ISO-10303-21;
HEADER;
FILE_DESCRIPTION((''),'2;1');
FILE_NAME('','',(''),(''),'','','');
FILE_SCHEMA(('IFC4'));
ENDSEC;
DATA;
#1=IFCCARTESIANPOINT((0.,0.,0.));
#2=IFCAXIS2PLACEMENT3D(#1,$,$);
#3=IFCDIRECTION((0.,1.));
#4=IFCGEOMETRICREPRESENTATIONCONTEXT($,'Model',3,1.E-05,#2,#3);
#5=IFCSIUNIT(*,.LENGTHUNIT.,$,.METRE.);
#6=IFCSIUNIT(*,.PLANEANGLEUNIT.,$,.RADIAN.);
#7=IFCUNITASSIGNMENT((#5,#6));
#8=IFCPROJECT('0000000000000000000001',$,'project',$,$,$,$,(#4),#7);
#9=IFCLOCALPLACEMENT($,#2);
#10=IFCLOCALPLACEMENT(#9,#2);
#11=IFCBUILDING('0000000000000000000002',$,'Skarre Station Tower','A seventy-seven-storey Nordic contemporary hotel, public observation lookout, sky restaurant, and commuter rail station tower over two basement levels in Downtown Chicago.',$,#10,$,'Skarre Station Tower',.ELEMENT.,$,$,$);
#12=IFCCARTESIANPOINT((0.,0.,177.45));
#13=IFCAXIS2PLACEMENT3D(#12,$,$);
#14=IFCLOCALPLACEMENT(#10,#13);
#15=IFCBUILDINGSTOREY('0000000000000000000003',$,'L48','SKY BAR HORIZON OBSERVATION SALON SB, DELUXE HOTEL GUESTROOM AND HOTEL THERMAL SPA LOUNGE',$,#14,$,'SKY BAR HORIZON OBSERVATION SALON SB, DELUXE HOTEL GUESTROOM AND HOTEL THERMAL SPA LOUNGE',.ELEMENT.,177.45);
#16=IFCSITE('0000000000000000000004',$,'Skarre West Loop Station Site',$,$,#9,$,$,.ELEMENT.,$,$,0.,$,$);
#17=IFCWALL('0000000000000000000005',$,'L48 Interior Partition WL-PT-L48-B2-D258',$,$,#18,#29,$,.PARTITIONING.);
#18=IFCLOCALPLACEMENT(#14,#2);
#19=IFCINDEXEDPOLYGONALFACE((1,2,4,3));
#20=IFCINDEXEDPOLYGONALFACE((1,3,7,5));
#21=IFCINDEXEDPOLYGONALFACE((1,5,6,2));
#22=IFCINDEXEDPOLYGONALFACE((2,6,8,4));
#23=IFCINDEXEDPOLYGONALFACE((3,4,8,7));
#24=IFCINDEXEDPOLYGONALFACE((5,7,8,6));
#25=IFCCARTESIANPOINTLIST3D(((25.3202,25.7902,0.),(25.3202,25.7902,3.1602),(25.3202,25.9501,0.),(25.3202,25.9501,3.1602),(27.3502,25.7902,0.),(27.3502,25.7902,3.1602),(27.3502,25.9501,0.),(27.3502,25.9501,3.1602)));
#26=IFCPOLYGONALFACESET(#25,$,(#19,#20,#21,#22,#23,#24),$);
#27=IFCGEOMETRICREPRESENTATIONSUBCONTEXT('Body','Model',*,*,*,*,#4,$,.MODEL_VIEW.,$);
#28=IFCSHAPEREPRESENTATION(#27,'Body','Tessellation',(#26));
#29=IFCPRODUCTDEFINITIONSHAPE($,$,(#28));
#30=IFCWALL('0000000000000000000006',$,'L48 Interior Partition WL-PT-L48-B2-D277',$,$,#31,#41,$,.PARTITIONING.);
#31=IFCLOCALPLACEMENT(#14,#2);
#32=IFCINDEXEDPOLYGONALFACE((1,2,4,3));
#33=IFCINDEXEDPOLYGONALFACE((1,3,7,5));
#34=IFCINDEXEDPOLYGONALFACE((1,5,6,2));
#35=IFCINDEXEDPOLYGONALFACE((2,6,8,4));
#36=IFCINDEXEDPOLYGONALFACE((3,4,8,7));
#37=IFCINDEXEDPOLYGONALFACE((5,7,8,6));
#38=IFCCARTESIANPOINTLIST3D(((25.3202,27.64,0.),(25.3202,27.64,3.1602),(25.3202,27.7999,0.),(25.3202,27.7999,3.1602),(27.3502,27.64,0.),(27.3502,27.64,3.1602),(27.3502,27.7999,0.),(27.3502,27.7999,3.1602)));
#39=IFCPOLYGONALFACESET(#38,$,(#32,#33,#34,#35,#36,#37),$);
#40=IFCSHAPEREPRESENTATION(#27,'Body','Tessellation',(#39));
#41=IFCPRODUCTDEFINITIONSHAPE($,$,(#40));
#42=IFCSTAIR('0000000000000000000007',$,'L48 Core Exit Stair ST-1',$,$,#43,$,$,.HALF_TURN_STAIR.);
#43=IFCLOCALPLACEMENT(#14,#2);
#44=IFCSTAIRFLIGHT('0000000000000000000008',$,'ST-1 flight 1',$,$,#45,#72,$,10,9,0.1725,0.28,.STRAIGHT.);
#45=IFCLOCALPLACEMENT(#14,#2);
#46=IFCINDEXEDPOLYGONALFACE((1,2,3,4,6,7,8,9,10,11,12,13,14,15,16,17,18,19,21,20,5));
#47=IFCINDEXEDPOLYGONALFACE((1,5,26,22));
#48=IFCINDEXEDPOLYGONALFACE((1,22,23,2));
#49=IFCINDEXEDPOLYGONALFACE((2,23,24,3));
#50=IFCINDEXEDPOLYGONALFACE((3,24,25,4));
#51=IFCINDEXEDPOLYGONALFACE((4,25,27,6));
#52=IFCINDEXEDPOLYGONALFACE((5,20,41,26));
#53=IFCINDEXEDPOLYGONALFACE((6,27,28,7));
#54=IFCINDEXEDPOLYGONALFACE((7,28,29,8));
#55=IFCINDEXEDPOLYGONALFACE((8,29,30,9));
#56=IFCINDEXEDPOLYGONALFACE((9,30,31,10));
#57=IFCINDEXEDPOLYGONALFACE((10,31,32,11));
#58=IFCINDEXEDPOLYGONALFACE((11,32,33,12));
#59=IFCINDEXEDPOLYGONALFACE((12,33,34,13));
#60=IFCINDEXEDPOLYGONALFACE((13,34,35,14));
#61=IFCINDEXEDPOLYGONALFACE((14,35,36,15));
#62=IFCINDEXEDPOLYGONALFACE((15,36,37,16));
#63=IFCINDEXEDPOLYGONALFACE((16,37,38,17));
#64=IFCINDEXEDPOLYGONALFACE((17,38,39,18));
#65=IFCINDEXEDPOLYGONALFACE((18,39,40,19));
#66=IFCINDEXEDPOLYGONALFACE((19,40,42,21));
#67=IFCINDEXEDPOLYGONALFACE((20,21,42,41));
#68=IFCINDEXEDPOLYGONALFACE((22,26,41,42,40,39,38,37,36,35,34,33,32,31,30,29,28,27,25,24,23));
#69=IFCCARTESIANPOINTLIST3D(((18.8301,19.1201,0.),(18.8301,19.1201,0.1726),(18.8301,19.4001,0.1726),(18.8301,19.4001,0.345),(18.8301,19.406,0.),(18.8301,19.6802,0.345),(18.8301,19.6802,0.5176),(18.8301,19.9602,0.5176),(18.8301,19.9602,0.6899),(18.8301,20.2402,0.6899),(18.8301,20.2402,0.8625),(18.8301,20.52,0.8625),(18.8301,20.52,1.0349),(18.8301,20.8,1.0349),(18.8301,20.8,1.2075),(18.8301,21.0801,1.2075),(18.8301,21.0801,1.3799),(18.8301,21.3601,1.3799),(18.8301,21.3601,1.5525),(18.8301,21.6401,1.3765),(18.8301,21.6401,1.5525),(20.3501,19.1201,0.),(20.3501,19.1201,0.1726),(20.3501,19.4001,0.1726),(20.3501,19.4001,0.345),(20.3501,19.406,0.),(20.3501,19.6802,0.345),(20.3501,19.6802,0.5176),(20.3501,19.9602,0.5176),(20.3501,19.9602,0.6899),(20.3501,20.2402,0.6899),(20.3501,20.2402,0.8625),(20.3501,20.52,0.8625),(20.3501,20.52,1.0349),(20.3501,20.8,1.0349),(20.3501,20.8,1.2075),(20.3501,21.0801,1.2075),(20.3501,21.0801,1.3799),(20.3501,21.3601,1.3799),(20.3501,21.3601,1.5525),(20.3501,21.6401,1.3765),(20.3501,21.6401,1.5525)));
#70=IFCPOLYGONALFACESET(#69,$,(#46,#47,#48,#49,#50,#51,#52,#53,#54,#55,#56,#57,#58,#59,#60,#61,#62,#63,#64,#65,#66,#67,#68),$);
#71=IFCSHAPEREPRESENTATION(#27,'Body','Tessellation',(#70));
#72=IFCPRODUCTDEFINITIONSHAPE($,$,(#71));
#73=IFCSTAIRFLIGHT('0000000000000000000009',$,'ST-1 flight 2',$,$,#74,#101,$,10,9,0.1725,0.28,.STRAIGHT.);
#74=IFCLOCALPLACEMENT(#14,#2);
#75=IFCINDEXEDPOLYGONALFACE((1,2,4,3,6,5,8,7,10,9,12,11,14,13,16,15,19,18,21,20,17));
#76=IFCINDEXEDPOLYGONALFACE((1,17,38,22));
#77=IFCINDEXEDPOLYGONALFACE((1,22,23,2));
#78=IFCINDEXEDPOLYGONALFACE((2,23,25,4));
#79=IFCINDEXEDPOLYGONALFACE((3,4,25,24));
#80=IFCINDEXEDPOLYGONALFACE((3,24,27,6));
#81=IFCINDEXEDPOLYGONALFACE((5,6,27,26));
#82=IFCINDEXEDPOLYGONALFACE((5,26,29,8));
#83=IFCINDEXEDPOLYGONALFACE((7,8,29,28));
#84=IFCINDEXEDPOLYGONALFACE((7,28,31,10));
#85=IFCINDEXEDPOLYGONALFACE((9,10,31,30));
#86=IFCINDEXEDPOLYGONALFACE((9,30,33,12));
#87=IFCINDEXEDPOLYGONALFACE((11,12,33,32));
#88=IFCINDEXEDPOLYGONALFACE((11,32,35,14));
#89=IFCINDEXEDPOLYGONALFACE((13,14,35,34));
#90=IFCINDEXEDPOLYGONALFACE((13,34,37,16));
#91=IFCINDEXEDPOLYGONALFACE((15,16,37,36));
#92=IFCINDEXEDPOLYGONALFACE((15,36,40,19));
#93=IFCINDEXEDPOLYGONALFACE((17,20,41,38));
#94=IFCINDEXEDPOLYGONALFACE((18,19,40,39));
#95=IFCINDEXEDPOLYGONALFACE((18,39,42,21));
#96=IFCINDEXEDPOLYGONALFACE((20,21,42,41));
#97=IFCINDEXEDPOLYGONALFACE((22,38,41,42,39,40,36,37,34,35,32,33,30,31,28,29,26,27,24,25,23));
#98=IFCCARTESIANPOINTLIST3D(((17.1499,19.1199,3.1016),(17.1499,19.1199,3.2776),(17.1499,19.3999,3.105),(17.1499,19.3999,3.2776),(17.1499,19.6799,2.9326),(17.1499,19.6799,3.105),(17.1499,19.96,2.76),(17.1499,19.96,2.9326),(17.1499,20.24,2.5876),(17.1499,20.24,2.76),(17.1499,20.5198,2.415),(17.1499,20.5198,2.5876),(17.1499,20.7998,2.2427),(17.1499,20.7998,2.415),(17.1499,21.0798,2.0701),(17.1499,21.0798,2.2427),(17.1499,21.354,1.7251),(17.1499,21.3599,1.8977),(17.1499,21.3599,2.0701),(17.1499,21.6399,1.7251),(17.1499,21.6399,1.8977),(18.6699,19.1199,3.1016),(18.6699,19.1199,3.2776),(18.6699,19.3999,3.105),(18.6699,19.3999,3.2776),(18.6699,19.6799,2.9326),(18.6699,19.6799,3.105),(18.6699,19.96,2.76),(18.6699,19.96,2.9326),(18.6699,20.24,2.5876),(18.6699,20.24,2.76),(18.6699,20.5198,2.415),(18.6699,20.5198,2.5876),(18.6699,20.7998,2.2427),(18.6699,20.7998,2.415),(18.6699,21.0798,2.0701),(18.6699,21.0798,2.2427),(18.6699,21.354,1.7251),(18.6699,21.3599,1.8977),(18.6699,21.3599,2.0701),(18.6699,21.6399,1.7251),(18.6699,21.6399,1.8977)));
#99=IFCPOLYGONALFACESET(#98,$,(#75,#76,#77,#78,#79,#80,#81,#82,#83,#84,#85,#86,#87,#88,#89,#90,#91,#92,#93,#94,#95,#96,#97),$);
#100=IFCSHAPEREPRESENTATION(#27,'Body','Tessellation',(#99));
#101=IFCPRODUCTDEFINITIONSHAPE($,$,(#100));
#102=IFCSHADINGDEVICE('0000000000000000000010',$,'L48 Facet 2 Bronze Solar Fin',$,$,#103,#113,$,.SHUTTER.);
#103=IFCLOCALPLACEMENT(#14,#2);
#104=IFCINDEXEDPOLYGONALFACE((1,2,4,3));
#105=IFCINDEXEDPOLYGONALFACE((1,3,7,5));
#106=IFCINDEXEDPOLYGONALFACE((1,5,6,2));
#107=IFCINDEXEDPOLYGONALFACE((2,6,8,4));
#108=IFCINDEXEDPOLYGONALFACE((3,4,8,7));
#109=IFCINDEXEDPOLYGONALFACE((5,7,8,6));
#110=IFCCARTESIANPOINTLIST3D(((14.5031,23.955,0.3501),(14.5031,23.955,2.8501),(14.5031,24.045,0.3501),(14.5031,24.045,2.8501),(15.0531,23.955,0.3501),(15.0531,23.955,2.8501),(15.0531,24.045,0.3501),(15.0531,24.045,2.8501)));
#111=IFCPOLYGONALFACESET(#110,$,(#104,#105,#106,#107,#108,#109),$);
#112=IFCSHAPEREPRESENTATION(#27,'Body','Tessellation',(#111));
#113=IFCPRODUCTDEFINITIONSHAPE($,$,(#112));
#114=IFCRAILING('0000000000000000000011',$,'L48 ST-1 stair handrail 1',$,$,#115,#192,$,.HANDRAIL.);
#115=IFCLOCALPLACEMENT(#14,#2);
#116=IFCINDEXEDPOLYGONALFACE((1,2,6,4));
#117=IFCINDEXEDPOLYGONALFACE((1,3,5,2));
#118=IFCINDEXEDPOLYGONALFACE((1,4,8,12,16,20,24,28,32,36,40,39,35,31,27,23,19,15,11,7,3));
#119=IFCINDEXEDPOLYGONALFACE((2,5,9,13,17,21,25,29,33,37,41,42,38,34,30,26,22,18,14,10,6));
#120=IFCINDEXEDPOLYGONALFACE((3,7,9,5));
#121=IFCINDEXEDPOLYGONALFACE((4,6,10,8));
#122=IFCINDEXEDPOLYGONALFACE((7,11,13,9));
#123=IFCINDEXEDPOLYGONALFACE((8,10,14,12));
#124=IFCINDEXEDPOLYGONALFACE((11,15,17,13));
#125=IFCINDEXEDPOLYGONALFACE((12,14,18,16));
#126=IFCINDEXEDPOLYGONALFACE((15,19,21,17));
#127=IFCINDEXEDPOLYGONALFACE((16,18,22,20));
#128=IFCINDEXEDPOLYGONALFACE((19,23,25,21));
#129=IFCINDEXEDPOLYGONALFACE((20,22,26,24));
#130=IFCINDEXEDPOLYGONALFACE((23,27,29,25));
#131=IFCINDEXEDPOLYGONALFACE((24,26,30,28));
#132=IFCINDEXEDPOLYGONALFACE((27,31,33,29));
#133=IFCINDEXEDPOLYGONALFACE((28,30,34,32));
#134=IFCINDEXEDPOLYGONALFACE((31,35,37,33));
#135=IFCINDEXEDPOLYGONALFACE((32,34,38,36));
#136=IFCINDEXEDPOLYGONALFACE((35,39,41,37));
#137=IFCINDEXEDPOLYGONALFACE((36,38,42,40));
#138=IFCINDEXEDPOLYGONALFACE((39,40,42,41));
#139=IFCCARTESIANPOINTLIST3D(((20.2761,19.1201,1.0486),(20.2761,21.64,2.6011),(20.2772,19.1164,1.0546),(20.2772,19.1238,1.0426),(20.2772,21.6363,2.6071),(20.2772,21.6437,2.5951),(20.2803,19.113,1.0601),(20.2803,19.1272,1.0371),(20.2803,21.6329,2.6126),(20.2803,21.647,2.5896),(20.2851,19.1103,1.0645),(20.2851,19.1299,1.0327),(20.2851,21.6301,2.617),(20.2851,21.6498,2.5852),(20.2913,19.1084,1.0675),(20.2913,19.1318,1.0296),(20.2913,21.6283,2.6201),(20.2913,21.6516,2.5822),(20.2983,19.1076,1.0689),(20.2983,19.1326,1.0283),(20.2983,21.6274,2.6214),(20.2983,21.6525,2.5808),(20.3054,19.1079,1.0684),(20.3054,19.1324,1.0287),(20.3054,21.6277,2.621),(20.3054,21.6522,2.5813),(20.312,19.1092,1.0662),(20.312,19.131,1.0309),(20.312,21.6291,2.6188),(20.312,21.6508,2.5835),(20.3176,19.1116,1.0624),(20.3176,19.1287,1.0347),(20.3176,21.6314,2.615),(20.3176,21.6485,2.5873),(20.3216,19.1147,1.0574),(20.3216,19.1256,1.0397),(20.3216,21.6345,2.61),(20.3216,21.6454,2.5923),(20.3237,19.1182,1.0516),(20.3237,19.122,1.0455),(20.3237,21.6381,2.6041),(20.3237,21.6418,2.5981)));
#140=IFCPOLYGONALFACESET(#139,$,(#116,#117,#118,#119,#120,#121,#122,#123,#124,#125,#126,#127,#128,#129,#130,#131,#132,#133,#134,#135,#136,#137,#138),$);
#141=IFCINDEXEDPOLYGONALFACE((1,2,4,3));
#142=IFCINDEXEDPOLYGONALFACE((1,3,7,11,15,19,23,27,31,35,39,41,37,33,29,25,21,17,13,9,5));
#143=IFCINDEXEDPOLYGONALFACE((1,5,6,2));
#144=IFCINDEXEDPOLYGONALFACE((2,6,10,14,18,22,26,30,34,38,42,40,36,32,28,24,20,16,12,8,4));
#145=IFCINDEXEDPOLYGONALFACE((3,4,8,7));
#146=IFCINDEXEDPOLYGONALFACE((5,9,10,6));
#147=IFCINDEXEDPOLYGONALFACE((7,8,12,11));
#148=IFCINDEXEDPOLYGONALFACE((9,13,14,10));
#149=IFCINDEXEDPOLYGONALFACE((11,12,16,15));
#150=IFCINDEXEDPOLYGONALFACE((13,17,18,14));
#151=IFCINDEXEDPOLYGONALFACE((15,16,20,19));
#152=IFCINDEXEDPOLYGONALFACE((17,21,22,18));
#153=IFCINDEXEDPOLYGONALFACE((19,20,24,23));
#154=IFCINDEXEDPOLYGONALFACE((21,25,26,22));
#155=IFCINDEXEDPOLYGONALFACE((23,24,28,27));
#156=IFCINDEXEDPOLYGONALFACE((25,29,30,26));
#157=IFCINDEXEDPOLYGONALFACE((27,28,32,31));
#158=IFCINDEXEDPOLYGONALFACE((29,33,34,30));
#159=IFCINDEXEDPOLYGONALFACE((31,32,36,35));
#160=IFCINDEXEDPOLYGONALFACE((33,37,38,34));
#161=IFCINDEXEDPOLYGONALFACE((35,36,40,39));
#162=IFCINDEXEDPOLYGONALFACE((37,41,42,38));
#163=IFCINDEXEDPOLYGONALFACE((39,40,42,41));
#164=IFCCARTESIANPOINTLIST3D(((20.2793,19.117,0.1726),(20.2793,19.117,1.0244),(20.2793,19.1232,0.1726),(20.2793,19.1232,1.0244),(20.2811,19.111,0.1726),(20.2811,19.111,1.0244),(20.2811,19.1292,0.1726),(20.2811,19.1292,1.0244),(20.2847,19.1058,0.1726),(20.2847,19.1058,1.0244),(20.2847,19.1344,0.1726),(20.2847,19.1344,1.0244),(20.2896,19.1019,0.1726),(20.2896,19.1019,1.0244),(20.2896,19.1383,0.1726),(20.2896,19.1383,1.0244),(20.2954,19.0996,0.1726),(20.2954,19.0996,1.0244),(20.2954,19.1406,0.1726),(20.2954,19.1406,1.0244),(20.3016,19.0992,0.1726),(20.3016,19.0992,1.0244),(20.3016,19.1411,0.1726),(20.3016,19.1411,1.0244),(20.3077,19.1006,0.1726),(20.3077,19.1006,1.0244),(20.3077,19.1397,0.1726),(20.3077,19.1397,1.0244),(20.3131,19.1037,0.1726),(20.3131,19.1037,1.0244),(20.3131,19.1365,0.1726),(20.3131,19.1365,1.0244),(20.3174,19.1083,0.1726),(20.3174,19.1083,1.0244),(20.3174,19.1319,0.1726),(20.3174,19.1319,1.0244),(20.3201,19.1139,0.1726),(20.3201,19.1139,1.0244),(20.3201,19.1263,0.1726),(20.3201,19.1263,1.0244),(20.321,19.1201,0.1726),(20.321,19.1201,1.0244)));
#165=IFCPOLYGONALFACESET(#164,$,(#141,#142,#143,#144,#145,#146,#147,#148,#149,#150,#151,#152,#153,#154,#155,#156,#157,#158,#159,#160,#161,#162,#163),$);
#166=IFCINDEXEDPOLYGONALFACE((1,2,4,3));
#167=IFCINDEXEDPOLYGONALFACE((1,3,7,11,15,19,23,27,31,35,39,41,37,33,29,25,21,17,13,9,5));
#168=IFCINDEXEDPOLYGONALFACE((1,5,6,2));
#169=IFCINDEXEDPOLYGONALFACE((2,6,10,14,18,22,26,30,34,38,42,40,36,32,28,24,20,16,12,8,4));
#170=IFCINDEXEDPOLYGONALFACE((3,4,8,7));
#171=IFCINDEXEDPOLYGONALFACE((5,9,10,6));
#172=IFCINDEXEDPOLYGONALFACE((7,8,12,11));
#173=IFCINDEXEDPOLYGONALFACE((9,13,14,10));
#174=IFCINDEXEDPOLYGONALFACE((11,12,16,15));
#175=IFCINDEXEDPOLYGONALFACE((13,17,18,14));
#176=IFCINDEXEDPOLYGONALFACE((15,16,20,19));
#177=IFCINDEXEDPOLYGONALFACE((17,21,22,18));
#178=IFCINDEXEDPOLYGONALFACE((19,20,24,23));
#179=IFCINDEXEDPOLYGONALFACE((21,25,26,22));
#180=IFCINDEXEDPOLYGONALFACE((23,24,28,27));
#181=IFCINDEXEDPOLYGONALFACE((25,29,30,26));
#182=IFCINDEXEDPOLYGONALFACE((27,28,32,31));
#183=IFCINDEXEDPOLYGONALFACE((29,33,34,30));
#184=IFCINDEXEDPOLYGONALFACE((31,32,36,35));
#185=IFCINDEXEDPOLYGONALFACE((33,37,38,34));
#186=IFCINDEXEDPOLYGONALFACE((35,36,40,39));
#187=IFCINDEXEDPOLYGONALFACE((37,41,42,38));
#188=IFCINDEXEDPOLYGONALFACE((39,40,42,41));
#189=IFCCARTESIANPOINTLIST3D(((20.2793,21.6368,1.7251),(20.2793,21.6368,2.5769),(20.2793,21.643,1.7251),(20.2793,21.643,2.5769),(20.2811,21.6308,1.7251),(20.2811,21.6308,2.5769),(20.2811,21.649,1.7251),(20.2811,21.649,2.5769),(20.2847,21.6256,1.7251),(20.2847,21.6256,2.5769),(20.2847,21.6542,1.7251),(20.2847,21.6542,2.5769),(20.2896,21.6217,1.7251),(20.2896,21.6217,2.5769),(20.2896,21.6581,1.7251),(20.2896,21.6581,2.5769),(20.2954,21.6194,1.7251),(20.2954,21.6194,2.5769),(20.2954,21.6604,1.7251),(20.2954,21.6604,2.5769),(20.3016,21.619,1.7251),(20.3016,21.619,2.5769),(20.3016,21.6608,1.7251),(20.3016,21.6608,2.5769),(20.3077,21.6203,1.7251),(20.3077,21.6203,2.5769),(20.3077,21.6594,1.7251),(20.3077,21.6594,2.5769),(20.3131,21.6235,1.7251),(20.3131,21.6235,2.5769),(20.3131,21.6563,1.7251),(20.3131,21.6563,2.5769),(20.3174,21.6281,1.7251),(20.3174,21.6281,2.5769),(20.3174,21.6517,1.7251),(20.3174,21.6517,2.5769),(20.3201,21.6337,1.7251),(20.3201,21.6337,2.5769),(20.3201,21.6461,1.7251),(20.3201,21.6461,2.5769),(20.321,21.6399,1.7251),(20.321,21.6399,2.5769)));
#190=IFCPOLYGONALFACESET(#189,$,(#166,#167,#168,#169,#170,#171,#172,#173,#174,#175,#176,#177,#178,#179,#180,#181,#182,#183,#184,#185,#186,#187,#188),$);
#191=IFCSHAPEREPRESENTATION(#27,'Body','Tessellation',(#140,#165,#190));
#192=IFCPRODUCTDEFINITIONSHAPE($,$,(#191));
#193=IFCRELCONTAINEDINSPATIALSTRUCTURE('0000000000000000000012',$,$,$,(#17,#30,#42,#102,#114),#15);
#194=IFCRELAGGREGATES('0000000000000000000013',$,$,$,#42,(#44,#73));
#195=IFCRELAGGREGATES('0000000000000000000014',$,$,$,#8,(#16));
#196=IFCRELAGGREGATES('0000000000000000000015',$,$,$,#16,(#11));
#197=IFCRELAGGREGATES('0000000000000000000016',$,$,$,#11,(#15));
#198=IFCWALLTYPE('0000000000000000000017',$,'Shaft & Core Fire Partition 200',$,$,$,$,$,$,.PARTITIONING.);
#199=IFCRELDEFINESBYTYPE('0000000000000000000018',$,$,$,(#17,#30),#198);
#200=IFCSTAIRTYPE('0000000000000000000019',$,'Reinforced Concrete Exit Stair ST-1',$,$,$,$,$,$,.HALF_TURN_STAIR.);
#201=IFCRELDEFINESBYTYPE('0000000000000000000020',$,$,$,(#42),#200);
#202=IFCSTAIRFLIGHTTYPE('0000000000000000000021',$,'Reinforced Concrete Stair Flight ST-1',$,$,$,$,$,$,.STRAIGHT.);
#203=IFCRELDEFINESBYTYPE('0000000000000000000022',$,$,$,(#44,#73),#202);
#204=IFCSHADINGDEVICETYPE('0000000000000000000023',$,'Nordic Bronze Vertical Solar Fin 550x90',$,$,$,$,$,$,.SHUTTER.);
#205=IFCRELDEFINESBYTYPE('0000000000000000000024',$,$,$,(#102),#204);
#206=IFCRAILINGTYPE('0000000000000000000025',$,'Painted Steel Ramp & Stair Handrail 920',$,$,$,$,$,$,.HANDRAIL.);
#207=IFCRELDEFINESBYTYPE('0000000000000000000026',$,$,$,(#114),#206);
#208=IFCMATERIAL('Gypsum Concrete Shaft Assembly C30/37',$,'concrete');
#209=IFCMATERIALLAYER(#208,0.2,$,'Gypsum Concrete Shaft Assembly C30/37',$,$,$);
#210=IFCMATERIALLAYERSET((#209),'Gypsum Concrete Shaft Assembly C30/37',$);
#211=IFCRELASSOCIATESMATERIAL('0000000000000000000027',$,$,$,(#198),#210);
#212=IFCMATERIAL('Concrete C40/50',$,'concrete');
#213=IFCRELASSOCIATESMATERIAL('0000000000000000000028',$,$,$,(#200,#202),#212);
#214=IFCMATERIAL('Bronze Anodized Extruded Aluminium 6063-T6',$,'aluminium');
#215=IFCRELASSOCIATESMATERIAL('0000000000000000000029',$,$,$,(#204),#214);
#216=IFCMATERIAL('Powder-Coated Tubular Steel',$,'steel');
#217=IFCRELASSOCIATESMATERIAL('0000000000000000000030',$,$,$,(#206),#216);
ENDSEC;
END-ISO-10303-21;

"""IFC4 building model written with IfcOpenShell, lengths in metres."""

from ifc_helpers import new_model, si_unit, direction, frame, frame_2d, origin, origin_2d, place, context, subcontext, project, spatial, polyline, rectangle, circle, outline, extrude, material, layer, layer_set, type_object, element, aggregate, save


model = new_model("IFC4")

# Units and contexts
model_context = context("Model", 3, precision=1e-05, world=origin(), true_north=direction((0.0, 1.0)))
body_context = subcontext(model_context, "Body", "Model", "MODEL_VIEW")
ifc_project = project(units=[si_unit("LENGTHUNIT", "METRE"), si_unit("PLANEANGLEUNIT", "RADIAN")], contexts=[model_context])

# Site, building, storey
site_placement = place(None, origin())
site = spatial("IfcSite", under=ifc_project, at=site_placement, Name="Skarre West Loop Station Site", CompositionType="ELEMENT", RefElevation=0.0)
building_placement = place(site_placement, origin())
building = spatial("IfcBuilding", under=site, at=building_placement, Name="Skarre Station Tower", Description="A seventy-seven-storey Nordic contemporary hotel, public observation lookout, sky restaurant, and commuter rail station tower over two basement levels in Downtown Chicago.", LongName="Skarre Station Tower", CompositionType="ELEMENT")
storey_placement = place(building_placement, frame((0.0, 0.0, 177.45)))
storey = spatial("IfcBuildingStorey", under=building, at=storey_placement, Name="L48", Description="SKY BAR HORIZON OBSERVATION SALON SB, DELUXE HOTEL GUESTROOM AND HOTEL THERMAL SPA LOUNGE", LongName="SKY BAR HORIZON OBSERVATION SALON SB, DELUXE HOTEL GUESTROOM AND HOTEL THERMAL SPA LOUNGE", CompositionType="ELEMENT", Elevation=177.45)

# Shared definitions
ifc_material_1 = material(Name="Gypsum Concrete Shaft Assembly C30/37", Category="concrete")
ifc_layer_1 = layer(ifc_material_1, 0.2, Name="Gypsum Concrete Shaft Assembly C30/37")
ifc_layer_set_1 = layer_set([ifc_layer_1], Name="Gypsum Concrete Shaft Assembly C30/37")
wall_type_1 = type_object("IfcWallType", Name="Shaft & Core Fire Partition 200", PredefinedType="PARTITIONING", material=ifc_layer_set_1)

# Walls
for number, where, z_axis, x_axis, name in (
    (1, (25.3201, 25.8701, 0.0), (0.0, 0.0, 1.0), (1.0, 0.0, 0.0), "L48 Interior Partition WL-PT-L48-B2-D258"),
    (2, (25.3201, 27.72, 0.0), (0.0, 0.0, 1.0), (1.0, 0.0, 0.0), "L48 Interior Partition WL-PT-L48-B2-D277"),
):
    element("IfcWall", number, at=place(storey_placement, frame(where, z_axis=z_axis, x_axis=x_axis)), inside=storey, type_object=wall_type_1, Name=name, PredefinedType="PARTITIONING", context=body_context, shape_type="SweptSolid", body=[
        extrude(rectangle(XDim=2.03, YDim=0.1599, at=frame_2d((1.0151, 0.0))), origin(), (0.0, 0.0, 1.0), 3.1602),
    ])

# Stair, stair flights
ifc_material_2 = material(Name="Concrete C40/50", Category="concrete")
stair_type = type_object("IfcStairType", Name="Reinforced Concrete Exit Stair ST-1", PredefinedType="HALF_TURN_STAIR", material=ifc_material_2)
stair_placement = place(storey_placement, origin())
stair = element("IfcStair", 3, at=stair_placement, inside=storey, type_object=stair_type, Name="L48 Core Exit Stair ST-1", PredefinedType="HALF_TURN_STAIR")
stair_flight_type = type_object("IfcStairFlightType", Name="Reinforced Concrete Stair Flight ST-1", PredefinedType="STRAIGHT", material=ifc_material_2)
stair_flight_1_placement = place(storey_placement, frame((19.5901, 19.1201, 0.0), z_axis=(0.0, 0.0, 1.0), x_axis=(0.0, 1.0, 0.0)))
stair_flight_1 = element("IfcStairFlight", 4, at=stair_flight_1_placement, type_object=stair_flight_type, Name="ST-1 flight 1", NumberOfRisers=10, NumberOfTreads=9, PredefinedType="STRAIGHT", RiserHeight=0.1725, TreadLength=0.28, context=body_context, shape_type="SweptSolid", body=[
    extrude(outline(polyline([(0.0, 0.0), (0.0, 0.1726), (0.28, 0.1726), (0.28, 0.345), (0.5601, 0.345), (0.5601, 0.5176), (0.8401, 0.5176), (0.8401, 0.6899), (1.1201, 0.6899), (1.1201, 0.8625), (1.3999, 0.8625), (1.3999, 1.0349), (1.6799, 1.0349), (1.6799, 1.2075), (1.96, 1.2075), (1.96, 1.3799), (2.24, 1.3799), (2.24, 1.5525), (2.52, 1.5525), (2.52, 1.7251), (2.52, 1.3765), (0.2859, 0.0), (0.0, 0.0)])), frame((0.0, 0.76, 0.0), z_axis=(0.0, -1.0, 0.0), x_axis=(1.0, 0.0, 0.0)), (0.0, 0.0, 1.0), 1.52),
])
stair_flight_2_placement = place(storey_placement, frame((17.9099, 21.6399, 1.7251), z_axis=(0.0, 0.0, 1.0), x_axis=(0.0, -1.0, 0.0)))
stair_flight_2 = element("IfcStairFlight", 5, at=stair_flight_2_placement, type_object=stair_flight_type, Name="ST-1 flight 2", NumberOfRisers=10, NumberOfTreads=9, PredefinedType="STRAIGHT", RiserHeight=0.1725, TreadLength=0.28, context=body_context, shape_type="SweptSolid", body=[
    extrude(outline(polyline([(0.0, 0.0), (0.0, 0.1726), (0.28, 0.1726), (0.28, 0.345), (0.5601, 0.345), (0.5601, 0.5176), (0.8401, 0.5176), (0.8401, 0.6899), (1.1201, 0.6899), (1.1201, 0.8625), (1.3999, 0.8625), (1.3999, 1.0349), (1.6799, 1.0349), (1.6799, 1.2075), (1.96, 1.2075), (1.96, 1.3799), (2.24, 1.3799), (2.24, 1.5525), (2.52, 1.5525), (2.52, 1.7251), (2.52, 1.3765), (0.2859, 0.0), (0.0, 0.0)])), frame((0.0, 0.76, 0.0), z_axis=(0.0, -1.0, 0.0), x_axis=(1.0, 0.0, 0.0)), (0.0, 0.0, 1.0), 1.52),
])
aggregate(stair, [stair_flight_1, stair_flight_2])

# Shading device
ifc_material_3 = material(Name="Bronze Anodized Extruded Aluminium 6063-T6", Category="aluminium")
shading_device_type = type_object("IfcShadingDeviceType", Name="Nordic Bronze Vertical Solar Fin 550x90", PredefinedType="SHUTTER", material=ifc_material_3)
shading_device_placement = place(storey_placement, frame((14.7781, 24.0, 0.3501), z_axis=(0.0, 0.0, 1.0), x_axis=(-1.0, 0.0, 0.0)))
element("IfcShadingDevice", 6, at=shading_device_placement, inside=storey, type_object=shading_device_type, Name="L48 Facet 2 Bronze Solar Fin", PredefinedType="SHUTTER", context=body_context, shape_type="SweptSolid", body=[
    extrude(rectangle(XDim=0.55, YDim=0.0901, at=origin_2d()), origin(), (0.0, 0.0, 1.0), 2.5),
])

# Railing
ifc_material_4 = material(Name="Powder-Coated Tubular Steel", Category="steel")
railing_type_1 = type_object("IfcRailingType", Name="Painted Steel Ramp & Stair Handrail 920", PredefinedType="HANDRAIL", material=ifc_material_4)
railing_1_placement = place(storey_placement, frame((20.3, 19.1201, 0.1726)))
element("IfcRailing", 7, at=railing_1_placement, inside=storey, type_object=railing_type_1, Name="L48 ST-1 stair handrail 1", PredefinedType="HANDRAIL", context=body_context, shape_type="SweptSolid", body=[
    extrude(circle(Radius=0.0239, at=origin_2d()), frame((0.0, 0.0, 0.876), z_axis=(0.0, 0.851378, 0.524553), x_axis=(-1.0, 0.0, 0.0)), (0.0, 0.0, 1.0), 2.9597),
    extrude(circle(Radius=0.021, at=origin_2d()), origin(), (0.0, 0.0, 1.0), 0.8518),
    extrude(circle(Radius=0.021, at=origin_2d()), frame((0.0, 2.5198, 1.5525)), (0.0, 0.0, 1.0), 0.8518),
])

save(model, "model.ifc")
